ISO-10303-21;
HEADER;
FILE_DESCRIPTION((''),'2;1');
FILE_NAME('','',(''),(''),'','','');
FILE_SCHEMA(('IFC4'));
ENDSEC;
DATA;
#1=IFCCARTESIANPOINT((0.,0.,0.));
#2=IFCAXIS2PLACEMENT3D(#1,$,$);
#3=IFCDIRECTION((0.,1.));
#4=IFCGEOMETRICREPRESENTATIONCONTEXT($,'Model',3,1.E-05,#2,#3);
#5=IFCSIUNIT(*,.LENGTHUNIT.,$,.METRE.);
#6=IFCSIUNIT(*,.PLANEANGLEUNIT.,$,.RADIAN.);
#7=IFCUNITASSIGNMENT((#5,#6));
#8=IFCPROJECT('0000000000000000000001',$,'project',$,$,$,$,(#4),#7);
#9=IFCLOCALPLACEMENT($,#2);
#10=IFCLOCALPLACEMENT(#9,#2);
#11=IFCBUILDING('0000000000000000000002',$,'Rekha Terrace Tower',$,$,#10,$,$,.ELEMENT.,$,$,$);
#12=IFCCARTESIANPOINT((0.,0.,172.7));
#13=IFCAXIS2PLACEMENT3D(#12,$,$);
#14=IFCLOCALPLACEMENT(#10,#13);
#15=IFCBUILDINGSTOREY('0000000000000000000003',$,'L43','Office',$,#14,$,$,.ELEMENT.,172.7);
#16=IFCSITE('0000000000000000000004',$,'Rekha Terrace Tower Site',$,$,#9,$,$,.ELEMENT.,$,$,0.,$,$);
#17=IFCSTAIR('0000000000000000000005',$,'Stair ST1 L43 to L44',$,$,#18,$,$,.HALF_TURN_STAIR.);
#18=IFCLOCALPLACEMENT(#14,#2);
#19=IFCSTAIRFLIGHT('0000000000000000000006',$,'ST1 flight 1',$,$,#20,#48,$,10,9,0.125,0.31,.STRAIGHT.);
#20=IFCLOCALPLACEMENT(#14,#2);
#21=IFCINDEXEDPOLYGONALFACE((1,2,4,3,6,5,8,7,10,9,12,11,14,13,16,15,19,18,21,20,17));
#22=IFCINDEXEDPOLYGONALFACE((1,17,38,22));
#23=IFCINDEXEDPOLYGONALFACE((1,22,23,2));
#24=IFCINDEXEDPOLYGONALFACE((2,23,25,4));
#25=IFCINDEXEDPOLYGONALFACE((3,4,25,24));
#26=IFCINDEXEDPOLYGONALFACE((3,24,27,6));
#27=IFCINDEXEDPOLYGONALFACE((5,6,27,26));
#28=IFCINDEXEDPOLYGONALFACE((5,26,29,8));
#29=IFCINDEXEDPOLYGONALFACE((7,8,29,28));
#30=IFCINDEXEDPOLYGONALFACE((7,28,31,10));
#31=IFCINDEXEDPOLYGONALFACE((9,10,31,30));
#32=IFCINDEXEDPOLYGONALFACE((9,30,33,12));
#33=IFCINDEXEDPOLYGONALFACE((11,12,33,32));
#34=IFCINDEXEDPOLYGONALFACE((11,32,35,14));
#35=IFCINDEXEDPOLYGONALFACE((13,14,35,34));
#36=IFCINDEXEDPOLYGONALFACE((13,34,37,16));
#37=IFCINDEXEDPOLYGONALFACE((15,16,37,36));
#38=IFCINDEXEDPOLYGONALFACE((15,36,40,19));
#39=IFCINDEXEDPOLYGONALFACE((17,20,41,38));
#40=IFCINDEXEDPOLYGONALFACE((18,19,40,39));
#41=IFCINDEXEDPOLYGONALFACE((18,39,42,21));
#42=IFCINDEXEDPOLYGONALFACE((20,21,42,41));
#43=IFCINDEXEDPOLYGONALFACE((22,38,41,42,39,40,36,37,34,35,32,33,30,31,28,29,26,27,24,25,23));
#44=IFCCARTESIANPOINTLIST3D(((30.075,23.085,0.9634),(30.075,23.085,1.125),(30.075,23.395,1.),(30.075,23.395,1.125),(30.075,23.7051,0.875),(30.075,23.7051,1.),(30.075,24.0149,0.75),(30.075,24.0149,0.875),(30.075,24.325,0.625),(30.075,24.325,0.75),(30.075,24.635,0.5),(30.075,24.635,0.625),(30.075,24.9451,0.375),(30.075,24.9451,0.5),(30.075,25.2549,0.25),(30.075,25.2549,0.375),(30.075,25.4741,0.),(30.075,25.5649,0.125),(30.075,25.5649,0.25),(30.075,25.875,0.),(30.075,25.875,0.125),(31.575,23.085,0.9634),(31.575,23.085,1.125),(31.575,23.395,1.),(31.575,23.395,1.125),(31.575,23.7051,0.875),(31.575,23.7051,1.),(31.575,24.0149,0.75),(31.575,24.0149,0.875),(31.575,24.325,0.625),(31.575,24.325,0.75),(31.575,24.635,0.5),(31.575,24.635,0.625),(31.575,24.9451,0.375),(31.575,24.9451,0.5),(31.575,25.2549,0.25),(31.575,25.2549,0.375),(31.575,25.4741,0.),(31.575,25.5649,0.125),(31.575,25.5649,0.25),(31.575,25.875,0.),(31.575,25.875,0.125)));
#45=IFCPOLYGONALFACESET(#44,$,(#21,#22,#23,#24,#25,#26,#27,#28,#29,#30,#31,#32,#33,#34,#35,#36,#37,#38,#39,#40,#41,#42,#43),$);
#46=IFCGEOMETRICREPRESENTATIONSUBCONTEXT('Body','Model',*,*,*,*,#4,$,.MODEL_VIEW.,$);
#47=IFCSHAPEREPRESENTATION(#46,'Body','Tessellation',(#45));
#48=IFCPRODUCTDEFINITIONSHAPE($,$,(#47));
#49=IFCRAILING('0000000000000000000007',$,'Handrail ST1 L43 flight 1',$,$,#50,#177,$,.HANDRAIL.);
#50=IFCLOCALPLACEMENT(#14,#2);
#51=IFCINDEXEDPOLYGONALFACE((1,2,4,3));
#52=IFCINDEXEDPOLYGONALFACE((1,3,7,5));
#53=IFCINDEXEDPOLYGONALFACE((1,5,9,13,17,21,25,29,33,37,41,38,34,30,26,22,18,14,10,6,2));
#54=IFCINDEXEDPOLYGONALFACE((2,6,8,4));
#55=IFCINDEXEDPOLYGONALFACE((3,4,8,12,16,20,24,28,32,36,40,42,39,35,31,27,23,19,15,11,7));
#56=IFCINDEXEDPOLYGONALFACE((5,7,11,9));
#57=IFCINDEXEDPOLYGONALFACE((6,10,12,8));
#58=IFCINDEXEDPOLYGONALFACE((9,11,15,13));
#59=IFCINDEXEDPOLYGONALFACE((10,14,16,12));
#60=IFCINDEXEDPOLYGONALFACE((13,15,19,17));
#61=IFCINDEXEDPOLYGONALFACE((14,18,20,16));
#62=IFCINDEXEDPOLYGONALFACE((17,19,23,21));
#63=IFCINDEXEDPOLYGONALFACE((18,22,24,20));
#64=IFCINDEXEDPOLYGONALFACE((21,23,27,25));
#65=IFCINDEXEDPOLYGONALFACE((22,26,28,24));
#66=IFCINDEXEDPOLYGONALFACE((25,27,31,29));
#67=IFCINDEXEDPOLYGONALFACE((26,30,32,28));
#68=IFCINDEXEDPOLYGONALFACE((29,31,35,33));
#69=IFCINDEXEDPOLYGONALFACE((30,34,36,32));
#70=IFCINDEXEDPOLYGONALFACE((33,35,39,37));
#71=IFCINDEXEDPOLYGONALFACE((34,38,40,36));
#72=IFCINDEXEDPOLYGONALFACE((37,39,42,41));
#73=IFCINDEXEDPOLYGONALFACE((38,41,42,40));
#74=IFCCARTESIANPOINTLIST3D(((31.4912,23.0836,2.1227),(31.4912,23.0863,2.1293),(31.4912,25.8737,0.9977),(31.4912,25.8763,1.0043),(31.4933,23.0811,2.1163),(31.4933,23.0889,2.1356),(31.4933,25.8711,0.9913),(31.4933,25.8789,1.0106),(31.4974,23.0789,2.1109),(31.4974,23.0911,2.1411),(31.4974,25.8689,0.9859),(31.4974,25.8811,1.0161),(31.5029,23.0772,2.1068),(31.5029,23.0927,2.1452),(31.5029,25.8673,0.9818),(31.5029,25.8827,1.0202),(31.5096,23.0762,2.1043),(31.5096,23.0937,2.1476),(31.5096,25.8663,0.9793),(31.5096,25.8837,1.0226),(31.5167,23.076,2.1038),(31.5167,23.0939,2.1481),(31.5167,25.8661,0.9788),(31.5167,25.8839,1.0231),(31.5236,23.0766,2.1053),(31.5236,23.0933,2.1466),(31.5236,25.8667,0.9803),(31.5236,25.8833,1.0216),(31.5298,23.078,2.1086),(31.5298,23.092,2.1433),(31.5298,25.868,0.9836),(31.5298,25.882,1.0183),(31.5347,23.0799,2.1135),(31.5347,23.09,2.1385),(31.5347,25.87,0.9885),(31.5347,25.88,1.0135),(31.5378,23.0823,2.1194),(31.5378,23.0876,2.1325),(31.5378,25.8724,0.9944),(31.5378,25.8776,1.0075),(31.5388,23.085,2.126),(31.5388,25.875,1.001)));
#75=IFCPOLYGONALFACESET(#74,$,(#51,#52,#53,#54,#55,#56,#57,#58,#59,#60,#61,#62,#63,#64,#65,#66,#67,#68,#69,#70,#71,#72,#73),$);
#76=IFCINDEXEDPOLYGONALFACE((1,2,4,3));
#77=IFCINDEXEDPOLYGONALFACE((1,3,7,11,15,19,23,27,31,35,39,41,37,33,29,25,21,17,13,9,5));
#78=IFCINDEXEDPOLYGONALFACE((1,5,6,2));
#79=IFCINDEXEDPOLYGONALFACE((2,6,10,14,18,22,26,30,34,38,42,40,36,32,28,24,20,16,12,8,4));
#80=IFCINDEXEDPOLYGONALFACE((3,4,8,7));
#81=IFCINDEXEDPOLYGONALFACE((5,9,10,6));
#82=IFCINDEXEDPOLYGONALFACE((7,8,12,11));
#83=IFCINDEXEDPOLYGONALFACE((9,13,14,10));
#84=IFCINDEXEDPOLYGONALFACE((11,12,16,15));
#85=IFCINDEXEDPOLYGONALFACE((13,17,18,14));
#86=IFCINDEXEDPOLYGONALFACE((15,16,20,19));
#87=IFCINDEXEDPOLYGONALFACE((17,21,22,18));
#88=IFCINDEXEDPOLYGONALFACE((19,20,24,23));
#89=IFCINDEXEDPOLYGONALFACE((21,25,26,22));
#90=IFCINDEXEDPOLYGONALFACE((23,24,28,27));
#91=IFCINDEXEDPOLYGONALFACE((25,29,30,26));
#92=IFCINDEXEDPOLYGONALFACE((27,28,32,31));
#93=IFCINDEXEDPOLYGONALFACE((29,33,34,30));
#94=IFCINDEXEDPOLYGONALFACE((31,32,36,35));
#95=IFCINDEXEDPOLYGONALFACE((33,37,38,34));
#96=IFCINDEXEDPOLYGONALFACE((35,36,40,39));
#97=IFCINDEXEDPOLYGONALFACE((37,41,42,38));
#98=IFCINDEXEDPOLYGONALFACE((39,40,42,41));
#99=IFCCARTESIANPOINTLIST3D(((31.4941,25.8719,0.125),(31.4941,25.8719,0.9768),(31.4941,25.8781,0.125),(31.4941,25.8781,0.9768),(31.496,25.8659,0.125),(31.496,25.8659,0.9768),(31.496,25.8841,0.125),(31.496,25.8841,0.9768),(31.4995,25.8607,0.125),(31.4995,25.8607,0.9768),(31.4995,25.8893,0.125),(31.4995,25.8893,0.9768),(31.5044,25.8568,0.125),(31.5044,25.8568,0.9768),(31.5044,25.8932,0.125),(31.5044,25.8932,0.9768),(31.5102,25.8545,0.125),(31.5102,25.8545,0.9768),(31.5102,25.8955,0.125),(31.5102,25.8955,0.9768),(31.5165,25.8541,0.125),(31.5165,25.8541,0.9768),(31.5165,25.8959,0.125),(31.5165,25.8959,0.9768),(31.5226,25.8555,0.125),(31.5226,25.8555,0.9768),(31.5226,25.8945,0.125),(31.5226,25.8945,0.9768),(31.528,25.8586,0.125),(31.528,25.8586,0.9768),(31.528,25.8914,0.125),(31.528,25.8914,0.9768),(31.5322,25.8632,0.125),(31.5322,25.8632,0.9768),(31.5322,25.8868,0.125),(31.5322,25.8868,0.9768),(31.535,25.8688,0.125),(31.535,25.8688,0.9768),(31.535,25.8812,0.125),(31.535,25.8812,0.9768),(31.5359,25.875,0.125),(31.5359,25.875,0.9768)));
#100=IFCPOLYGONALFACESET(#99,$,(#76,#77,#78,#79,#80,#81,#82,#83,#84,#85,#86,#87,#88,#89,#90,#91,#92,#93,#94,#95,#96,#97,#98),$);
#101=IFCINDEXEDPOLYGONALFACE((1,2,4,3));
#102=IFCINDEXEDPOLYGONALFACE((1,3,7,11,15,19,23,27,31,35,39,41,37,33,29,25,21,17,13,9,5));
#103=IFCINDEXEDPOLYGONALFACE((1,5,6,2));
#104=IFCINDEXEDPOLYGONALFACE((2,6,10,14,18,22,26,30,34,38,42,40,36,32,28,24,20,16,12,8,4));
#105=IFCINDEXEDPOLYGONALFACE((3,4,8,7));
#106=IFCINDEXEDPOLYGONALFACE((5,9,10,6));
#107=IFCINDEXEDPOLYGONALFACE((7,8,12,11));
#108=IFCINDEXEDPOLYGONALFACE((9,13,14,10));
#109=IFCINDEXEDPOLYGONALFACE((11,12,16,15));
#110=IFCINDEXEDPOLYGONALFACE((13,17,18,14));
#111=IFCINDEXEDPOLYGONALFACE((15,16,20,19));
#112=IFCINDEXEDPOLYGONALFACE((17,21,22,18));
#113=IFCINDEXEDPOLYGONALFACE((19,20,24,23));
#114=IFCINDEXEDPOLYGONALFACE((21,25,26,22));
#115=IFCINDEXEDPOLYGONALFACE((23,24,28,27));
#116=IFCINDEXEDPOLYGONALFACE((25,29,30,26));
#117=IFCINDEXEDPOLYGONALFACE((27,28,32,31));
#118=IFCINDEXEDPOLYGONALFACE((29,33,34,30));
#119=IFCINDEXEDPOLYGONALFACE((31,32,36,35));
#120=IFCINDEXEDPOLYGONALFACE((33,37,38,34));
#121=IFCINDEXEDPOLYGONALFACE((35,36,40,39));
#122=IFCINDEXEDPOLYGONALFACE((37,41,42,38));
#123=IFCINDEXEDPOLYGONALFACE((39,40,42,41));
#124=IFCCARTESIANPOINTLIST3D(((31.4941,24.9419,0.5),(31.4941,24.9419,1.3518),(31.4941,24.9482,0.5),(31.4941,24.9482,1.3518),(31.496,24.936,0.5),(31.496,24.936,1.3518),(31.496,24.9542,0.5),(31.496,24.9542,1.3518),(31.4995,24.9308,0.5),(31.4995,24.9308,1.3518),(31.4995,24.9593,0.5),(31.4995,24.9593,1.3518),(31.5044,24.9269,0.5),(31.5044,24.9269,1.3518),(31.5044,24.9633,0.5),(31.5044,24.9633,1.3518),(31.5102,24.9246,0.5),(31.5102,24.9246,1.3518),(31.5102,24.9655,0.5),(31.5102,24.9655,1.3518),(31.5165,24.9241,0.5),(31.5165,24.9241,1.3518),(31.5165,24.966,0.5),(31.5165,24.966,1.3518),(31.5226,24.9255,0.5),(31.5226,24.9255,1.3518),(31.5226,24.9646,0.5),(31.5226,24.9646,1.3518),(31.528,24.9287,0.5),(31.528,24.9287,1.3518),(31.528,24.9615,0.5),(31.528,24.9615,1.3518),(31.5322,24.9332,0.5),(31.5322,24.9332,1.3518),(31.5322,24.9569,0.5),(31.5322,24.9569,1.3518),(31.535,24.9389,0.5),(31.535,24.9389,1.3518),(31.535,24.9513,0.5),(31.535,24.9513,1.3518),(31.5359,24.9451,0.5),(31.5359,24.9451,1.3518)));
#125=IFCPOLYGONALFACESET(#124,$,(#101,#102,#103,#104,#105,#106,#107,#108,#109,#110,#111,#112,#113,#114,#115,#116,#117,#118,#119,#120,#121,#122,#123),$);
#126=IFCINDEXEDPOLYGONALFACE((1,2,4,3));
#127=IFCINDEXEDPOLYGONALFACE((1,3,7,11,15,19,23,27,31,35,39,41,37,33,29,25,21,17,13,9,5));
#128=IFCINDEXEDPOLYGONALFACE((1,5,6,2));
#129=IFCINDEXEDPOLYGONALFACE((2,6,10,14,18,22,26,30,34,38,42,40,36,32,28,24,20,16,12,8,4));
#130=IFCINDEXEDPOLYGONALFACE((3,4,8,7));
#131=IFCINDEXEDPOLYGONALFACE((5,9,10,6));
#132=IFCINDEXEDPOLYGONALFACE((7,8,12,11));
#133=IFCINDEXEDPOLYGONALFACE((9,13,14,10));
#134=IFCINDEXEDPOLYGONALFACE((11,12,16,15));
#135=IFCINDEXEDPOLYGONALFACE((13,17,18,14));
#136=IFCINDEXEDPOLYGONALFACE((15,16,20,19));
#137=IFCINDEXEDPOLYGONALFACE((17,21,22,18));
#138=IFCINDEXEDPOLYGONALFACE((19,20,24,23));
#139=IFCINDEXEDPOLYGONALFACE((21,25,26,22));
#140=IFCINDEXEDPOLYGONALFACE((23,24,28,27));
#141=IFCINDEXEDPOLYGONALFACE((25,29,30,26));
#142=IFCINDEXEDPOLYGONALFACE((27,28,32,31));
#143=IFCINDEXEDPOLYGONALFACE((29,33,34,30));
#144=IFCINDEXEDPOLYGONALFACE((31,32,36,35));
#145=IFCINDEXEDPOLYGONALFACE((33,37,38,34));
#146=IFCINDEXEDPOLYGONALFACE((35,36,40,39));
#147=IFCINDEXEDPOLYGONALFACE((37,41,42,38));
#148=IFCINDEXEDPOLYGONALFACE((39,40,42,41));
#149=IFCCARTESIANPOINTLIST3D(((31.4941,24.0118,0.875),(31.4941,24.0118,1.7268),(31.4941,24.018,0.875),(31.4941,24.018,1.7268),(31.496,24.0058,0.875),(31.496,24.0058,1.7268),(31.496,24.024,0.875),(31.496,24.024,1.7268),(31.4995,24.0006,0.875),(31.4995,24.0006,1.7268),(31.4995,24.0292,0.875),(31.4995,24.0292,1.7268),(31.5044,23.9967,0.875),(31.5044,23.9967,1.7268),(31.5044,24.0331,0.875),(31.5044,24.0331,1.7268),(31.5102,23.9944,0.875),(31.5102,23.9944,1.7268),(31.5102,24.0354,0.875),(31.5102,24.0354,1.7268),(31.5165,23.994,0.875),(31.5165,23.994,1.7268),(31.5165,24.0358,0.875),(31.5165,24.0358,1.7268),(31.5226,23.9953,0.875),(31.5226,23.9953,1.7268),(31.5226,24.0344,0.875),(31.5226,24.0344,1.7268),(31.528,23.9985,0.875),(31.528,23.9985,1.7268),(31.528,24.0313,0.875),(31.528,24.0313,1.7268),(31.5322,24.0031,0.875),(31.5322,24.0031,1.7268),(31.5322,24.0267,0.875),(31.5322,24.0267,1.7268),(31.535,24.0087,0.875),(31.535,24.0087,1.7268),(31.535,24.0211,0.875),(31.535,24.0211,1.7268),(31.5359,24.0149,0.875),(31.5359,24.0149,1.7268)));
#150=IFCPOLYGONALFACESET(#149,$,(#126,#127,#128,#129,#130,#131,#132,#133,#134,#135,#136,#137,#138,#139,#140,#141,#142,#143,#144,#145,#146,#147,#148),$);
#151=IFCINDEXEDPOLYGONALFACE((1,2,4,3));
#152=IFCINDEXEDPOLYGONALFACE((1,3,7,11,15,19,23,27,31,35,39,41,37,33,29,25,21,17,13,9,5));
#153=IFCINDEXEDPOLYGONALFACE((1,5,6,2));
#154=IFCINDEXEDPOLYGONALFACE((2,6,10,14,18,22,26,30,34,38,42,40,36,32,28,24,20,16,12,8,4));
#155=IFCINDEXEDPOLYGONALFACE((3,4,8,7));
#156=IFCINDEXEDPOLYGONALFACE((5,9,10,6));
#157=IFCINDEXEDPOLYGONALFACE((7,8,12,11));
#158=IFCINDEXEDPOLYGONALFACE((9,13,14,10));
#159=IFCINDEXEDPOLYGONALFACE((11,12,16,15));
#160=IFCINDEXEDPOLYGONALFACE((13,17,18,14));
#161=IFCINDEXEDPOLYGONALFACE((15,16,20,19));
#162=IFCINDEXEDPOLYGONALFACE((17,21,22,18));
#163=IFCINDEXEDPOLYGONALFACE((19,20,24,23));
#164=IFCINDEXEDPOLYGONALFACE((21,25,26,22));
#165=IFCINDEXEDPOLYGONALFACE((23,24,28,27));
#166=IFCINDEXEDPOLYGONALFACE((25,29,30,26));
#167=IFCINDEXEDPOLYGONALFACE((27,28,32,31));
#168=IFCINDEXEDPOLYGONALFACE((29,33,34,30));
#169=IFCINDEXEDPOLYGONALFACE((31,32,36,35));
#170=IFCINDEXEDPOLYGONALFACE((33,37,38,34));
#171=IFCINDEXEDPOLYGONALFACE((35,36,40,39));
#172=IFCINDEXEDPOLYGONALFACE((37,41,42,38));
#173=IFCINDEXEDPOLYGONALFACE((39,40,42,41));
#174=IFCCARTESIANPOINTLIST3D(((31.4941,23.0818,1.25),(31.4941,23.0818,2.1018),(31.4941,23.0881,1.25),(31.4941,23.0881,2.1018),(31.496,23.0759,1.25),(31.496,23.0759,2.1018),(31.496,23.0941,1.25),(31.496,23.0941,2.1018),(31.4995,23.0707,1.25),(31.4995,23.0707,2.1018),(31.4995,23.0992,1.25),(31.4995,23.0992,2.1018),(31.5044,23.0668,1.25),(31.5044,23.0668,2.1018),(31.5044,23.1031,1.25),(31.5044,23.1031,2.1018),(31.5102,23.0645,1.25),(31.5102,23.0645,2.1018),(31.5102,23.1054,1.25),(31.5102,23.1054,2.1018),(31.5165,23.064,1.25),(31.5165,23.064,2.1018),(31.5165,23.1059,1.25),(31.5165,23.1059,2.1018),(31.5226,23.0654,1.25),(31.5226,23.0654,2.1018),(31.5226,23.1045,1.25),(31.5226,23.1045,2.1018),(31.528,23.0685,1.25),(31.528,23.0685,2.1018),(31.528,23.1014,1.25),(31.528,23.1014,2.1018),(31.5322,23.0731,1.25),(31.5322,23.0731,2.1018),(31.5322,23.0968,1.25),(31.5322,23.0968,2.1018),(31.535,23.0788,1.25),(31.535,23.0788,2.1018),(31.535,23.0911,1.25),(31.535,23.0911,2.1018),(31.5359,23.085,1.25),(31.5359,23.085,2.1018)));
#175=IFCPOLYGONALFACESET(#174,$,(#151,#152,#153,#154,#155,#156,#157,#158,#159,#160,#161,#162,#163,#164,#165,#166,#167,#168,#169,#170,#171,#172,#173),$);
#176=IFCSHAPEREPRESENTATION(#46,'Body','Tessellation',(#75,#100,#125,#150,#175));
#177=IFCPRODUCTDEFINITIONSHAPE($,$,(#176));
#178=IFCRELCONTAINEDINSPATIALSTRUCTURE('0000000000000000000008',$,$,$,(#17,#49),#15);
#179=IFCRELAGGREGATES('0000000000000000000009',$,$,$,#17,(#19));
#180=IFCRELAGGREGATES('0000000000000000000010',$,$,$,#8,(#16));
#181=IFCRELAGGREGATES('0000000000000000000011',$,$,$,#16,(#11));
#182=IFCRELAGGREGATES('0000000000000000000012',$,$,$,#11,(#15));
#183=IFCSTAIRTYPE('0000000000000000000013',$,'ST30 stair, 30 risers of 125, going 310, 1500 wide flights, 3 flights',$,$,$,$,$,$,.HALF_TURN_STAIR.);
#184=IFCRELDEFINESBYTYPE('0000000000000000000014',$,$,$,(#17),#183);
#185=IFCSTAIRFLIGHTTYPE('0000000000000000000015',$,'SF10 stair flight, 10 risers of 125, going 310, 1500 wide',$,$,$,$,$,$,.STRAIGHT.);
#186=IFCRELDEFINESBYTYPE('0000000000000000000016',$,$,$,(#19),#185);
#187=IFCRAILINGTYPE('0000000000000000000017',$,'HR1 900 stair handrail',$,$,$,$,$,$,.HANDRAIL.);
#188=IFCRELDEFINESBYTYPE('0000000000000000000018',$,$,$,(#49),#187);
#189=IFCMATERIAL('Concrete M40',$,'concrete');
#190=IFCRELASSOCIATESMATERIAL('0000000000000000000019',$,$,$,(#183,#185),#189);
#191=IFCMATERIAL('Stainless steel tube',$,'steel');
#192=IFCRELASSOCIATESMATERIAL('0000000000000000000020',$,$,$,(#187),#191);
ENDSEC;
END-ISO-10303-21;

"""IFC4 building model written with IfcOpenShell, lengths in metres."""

from ifc_helpers import new_model, si_unit, direction, frame, origin, origin_2d, place, context, subcontext, project, spatial, polyline, circle, outline, extrude, material, type_object, element, aggregate, save


model = new_model("IFC4")

# Units and contexts
model_context = context("Model", 3, precision=1e-05, world=origin(), true_north=direction((0.0, 1.0)))
body_context = subcontext(model_context, "Body", "Model", "MODEL_VIEW")
ifc_project = project(units=[si_unit("LENGTHUNIT", "METRE"), si_unit("PLANEANGLEUNIT", "RADIAN")], contexts=[model_context])

# Site, building, storey
site_placement = place(None, origin())
site = spatial("IfcSite", under=ifc_project, at=site_placement, Name="Rekha Terrace Tower Site", CompositionType="ELEMENT", RefElevation=0.0)
building_placement = place(site_placement, origin())
building = spatial("IfcBuilding", under=site, at=building_placement, Name="Rekha Terrace Tower", CompositionType="ELEMENT")
storey_placement = place(building_placement, frame((0.0, 0.0, 172.7)))
storey = spatial("IfcBuildingStorey", under=building, at=storey_placement, Name="L43", Description="Office", CompositionType="ELEMENT", Elevation=172.7)

# Stair, stair flight
ifc_material_1 = material(Name="Concrete M40", Category="concrete")
stair_type = type_object("IfcStairType", Name="ST30 stair, 30 risers of 125, going 310, 1500 wide flights, 3 flights", PredefinedType="HALF_TURN_STAIR", material=ifc_material_1)
stair_placement = place(storey_placement, origin())
stair = element("IfcStair", 1, at=stair_placement, inside=storey, type_object=stair_type, Name="Stair ST1 L43 to L44", PredefinedType="HALF_TURN_STAIR")
stair_flight_type = type_object("IfcStairFlightType", Name="SF10 stair flight, 10 risers of 125, going 310, 1500 wide", PredefinedType="STRAIGHT", material=ifc_material_1)
stair_flight_placement = place(storey_placement, frame((30.825, 25.875, 0.0), z_axis=(0.0, 0.0, 1.0), x_axis=(0.0, -1.0, 0.0)))
stair_flight = element("IfcStairFlight", 2, at=stair_flight_placement, type_object=stair_flight_type, Name="ST1 flight 1", NumberOfRisers=10, NumberOfTreads=9, PredefinedType="STRAIGHT", RiserHeight=0.125, TreadLength=0.31, context=body_context, shape_type="SweptSolid", body=[
    extrude(outline(polyline([(0.0, 0.0), (0.0, 0.125), (0.3101, 0.125), (0.3101, 0.25), (0.6201, 0.25), (0.6201, 0.375), (0.9299, 0.375), (0.9299, 0.5), (1.24, 0.5), (1.24, 0.625), (1.55, 0.625), (1.55, 0.75), (1.8601, 0.75), (1.8601, 0.875), (2.1699, 0.875), (2.1699, 1.0), (2.48, 1.0), (2.48, 1.125), (2.79, 1.125), (2.79, 1.25), (2.79, 0.9634), (0.4009, 0.0), (0.0, 0.0)])), frame((0.0, 0.75, 0.0), z_axis=(0.0, -1.0, 0.0), x_axis=(1.0, 0.0, 0.0)), (0.0, 0.0, 1.0), 1.5),
])
aggregate(stair, [stair_flight])

# Railing
ifc_material_2 = material(Name="Stainless steel tube", Category="steel")
railing_type = type_object("IfcRailingType", Name="HR1 900 stair handrail", PredefinedType="HANDRAIL", material=ifc_material_2)
railing_placement = place(storey_placement, frame((31.5149, 25.875, 0.125)))
element("IfcRailing", 3, at=railing_placement, inside=storey, type_object=railing_type, Name="Handrail ST1 L43 flight 1", PredefinedType="HANDRAIL", context=body_context, shape_type="SweptSolid", body=[
    extrude(circle(Radius=0.0239, at=origin_2d()), frame((0.0, 0.0, 0.876), z_axis=(0.0, -0.927443, 0.373964), x_axis=(1.0, 0.0, 0.0)), (0.0, 0.0, 1.0), 3.0083),
    extrude(circle(Radius=0.021, at=origin_2d()), origin(), (0.0, 0.0, 1.0), 0.8518),
    extrude(circle(Radius=0.021, at=origin_2d()), frame((0.0, -0.9299, 0.375)), (0.0, 0.0, 1.0), 0.8518),
    extrude(circle(Radius=0.021, at=origin_2d()), frame((0.0, -1.8601, 0.75)), (0.0, 0.0, 1.0), 0.8518),
    extrude(circle(Radius=0.021, at=origin_2d()), frame((0.0, -2.79, 1.125)), (0.0, 0.0, 1.0), 0.8518),
])

save(model, "model.ifc")
